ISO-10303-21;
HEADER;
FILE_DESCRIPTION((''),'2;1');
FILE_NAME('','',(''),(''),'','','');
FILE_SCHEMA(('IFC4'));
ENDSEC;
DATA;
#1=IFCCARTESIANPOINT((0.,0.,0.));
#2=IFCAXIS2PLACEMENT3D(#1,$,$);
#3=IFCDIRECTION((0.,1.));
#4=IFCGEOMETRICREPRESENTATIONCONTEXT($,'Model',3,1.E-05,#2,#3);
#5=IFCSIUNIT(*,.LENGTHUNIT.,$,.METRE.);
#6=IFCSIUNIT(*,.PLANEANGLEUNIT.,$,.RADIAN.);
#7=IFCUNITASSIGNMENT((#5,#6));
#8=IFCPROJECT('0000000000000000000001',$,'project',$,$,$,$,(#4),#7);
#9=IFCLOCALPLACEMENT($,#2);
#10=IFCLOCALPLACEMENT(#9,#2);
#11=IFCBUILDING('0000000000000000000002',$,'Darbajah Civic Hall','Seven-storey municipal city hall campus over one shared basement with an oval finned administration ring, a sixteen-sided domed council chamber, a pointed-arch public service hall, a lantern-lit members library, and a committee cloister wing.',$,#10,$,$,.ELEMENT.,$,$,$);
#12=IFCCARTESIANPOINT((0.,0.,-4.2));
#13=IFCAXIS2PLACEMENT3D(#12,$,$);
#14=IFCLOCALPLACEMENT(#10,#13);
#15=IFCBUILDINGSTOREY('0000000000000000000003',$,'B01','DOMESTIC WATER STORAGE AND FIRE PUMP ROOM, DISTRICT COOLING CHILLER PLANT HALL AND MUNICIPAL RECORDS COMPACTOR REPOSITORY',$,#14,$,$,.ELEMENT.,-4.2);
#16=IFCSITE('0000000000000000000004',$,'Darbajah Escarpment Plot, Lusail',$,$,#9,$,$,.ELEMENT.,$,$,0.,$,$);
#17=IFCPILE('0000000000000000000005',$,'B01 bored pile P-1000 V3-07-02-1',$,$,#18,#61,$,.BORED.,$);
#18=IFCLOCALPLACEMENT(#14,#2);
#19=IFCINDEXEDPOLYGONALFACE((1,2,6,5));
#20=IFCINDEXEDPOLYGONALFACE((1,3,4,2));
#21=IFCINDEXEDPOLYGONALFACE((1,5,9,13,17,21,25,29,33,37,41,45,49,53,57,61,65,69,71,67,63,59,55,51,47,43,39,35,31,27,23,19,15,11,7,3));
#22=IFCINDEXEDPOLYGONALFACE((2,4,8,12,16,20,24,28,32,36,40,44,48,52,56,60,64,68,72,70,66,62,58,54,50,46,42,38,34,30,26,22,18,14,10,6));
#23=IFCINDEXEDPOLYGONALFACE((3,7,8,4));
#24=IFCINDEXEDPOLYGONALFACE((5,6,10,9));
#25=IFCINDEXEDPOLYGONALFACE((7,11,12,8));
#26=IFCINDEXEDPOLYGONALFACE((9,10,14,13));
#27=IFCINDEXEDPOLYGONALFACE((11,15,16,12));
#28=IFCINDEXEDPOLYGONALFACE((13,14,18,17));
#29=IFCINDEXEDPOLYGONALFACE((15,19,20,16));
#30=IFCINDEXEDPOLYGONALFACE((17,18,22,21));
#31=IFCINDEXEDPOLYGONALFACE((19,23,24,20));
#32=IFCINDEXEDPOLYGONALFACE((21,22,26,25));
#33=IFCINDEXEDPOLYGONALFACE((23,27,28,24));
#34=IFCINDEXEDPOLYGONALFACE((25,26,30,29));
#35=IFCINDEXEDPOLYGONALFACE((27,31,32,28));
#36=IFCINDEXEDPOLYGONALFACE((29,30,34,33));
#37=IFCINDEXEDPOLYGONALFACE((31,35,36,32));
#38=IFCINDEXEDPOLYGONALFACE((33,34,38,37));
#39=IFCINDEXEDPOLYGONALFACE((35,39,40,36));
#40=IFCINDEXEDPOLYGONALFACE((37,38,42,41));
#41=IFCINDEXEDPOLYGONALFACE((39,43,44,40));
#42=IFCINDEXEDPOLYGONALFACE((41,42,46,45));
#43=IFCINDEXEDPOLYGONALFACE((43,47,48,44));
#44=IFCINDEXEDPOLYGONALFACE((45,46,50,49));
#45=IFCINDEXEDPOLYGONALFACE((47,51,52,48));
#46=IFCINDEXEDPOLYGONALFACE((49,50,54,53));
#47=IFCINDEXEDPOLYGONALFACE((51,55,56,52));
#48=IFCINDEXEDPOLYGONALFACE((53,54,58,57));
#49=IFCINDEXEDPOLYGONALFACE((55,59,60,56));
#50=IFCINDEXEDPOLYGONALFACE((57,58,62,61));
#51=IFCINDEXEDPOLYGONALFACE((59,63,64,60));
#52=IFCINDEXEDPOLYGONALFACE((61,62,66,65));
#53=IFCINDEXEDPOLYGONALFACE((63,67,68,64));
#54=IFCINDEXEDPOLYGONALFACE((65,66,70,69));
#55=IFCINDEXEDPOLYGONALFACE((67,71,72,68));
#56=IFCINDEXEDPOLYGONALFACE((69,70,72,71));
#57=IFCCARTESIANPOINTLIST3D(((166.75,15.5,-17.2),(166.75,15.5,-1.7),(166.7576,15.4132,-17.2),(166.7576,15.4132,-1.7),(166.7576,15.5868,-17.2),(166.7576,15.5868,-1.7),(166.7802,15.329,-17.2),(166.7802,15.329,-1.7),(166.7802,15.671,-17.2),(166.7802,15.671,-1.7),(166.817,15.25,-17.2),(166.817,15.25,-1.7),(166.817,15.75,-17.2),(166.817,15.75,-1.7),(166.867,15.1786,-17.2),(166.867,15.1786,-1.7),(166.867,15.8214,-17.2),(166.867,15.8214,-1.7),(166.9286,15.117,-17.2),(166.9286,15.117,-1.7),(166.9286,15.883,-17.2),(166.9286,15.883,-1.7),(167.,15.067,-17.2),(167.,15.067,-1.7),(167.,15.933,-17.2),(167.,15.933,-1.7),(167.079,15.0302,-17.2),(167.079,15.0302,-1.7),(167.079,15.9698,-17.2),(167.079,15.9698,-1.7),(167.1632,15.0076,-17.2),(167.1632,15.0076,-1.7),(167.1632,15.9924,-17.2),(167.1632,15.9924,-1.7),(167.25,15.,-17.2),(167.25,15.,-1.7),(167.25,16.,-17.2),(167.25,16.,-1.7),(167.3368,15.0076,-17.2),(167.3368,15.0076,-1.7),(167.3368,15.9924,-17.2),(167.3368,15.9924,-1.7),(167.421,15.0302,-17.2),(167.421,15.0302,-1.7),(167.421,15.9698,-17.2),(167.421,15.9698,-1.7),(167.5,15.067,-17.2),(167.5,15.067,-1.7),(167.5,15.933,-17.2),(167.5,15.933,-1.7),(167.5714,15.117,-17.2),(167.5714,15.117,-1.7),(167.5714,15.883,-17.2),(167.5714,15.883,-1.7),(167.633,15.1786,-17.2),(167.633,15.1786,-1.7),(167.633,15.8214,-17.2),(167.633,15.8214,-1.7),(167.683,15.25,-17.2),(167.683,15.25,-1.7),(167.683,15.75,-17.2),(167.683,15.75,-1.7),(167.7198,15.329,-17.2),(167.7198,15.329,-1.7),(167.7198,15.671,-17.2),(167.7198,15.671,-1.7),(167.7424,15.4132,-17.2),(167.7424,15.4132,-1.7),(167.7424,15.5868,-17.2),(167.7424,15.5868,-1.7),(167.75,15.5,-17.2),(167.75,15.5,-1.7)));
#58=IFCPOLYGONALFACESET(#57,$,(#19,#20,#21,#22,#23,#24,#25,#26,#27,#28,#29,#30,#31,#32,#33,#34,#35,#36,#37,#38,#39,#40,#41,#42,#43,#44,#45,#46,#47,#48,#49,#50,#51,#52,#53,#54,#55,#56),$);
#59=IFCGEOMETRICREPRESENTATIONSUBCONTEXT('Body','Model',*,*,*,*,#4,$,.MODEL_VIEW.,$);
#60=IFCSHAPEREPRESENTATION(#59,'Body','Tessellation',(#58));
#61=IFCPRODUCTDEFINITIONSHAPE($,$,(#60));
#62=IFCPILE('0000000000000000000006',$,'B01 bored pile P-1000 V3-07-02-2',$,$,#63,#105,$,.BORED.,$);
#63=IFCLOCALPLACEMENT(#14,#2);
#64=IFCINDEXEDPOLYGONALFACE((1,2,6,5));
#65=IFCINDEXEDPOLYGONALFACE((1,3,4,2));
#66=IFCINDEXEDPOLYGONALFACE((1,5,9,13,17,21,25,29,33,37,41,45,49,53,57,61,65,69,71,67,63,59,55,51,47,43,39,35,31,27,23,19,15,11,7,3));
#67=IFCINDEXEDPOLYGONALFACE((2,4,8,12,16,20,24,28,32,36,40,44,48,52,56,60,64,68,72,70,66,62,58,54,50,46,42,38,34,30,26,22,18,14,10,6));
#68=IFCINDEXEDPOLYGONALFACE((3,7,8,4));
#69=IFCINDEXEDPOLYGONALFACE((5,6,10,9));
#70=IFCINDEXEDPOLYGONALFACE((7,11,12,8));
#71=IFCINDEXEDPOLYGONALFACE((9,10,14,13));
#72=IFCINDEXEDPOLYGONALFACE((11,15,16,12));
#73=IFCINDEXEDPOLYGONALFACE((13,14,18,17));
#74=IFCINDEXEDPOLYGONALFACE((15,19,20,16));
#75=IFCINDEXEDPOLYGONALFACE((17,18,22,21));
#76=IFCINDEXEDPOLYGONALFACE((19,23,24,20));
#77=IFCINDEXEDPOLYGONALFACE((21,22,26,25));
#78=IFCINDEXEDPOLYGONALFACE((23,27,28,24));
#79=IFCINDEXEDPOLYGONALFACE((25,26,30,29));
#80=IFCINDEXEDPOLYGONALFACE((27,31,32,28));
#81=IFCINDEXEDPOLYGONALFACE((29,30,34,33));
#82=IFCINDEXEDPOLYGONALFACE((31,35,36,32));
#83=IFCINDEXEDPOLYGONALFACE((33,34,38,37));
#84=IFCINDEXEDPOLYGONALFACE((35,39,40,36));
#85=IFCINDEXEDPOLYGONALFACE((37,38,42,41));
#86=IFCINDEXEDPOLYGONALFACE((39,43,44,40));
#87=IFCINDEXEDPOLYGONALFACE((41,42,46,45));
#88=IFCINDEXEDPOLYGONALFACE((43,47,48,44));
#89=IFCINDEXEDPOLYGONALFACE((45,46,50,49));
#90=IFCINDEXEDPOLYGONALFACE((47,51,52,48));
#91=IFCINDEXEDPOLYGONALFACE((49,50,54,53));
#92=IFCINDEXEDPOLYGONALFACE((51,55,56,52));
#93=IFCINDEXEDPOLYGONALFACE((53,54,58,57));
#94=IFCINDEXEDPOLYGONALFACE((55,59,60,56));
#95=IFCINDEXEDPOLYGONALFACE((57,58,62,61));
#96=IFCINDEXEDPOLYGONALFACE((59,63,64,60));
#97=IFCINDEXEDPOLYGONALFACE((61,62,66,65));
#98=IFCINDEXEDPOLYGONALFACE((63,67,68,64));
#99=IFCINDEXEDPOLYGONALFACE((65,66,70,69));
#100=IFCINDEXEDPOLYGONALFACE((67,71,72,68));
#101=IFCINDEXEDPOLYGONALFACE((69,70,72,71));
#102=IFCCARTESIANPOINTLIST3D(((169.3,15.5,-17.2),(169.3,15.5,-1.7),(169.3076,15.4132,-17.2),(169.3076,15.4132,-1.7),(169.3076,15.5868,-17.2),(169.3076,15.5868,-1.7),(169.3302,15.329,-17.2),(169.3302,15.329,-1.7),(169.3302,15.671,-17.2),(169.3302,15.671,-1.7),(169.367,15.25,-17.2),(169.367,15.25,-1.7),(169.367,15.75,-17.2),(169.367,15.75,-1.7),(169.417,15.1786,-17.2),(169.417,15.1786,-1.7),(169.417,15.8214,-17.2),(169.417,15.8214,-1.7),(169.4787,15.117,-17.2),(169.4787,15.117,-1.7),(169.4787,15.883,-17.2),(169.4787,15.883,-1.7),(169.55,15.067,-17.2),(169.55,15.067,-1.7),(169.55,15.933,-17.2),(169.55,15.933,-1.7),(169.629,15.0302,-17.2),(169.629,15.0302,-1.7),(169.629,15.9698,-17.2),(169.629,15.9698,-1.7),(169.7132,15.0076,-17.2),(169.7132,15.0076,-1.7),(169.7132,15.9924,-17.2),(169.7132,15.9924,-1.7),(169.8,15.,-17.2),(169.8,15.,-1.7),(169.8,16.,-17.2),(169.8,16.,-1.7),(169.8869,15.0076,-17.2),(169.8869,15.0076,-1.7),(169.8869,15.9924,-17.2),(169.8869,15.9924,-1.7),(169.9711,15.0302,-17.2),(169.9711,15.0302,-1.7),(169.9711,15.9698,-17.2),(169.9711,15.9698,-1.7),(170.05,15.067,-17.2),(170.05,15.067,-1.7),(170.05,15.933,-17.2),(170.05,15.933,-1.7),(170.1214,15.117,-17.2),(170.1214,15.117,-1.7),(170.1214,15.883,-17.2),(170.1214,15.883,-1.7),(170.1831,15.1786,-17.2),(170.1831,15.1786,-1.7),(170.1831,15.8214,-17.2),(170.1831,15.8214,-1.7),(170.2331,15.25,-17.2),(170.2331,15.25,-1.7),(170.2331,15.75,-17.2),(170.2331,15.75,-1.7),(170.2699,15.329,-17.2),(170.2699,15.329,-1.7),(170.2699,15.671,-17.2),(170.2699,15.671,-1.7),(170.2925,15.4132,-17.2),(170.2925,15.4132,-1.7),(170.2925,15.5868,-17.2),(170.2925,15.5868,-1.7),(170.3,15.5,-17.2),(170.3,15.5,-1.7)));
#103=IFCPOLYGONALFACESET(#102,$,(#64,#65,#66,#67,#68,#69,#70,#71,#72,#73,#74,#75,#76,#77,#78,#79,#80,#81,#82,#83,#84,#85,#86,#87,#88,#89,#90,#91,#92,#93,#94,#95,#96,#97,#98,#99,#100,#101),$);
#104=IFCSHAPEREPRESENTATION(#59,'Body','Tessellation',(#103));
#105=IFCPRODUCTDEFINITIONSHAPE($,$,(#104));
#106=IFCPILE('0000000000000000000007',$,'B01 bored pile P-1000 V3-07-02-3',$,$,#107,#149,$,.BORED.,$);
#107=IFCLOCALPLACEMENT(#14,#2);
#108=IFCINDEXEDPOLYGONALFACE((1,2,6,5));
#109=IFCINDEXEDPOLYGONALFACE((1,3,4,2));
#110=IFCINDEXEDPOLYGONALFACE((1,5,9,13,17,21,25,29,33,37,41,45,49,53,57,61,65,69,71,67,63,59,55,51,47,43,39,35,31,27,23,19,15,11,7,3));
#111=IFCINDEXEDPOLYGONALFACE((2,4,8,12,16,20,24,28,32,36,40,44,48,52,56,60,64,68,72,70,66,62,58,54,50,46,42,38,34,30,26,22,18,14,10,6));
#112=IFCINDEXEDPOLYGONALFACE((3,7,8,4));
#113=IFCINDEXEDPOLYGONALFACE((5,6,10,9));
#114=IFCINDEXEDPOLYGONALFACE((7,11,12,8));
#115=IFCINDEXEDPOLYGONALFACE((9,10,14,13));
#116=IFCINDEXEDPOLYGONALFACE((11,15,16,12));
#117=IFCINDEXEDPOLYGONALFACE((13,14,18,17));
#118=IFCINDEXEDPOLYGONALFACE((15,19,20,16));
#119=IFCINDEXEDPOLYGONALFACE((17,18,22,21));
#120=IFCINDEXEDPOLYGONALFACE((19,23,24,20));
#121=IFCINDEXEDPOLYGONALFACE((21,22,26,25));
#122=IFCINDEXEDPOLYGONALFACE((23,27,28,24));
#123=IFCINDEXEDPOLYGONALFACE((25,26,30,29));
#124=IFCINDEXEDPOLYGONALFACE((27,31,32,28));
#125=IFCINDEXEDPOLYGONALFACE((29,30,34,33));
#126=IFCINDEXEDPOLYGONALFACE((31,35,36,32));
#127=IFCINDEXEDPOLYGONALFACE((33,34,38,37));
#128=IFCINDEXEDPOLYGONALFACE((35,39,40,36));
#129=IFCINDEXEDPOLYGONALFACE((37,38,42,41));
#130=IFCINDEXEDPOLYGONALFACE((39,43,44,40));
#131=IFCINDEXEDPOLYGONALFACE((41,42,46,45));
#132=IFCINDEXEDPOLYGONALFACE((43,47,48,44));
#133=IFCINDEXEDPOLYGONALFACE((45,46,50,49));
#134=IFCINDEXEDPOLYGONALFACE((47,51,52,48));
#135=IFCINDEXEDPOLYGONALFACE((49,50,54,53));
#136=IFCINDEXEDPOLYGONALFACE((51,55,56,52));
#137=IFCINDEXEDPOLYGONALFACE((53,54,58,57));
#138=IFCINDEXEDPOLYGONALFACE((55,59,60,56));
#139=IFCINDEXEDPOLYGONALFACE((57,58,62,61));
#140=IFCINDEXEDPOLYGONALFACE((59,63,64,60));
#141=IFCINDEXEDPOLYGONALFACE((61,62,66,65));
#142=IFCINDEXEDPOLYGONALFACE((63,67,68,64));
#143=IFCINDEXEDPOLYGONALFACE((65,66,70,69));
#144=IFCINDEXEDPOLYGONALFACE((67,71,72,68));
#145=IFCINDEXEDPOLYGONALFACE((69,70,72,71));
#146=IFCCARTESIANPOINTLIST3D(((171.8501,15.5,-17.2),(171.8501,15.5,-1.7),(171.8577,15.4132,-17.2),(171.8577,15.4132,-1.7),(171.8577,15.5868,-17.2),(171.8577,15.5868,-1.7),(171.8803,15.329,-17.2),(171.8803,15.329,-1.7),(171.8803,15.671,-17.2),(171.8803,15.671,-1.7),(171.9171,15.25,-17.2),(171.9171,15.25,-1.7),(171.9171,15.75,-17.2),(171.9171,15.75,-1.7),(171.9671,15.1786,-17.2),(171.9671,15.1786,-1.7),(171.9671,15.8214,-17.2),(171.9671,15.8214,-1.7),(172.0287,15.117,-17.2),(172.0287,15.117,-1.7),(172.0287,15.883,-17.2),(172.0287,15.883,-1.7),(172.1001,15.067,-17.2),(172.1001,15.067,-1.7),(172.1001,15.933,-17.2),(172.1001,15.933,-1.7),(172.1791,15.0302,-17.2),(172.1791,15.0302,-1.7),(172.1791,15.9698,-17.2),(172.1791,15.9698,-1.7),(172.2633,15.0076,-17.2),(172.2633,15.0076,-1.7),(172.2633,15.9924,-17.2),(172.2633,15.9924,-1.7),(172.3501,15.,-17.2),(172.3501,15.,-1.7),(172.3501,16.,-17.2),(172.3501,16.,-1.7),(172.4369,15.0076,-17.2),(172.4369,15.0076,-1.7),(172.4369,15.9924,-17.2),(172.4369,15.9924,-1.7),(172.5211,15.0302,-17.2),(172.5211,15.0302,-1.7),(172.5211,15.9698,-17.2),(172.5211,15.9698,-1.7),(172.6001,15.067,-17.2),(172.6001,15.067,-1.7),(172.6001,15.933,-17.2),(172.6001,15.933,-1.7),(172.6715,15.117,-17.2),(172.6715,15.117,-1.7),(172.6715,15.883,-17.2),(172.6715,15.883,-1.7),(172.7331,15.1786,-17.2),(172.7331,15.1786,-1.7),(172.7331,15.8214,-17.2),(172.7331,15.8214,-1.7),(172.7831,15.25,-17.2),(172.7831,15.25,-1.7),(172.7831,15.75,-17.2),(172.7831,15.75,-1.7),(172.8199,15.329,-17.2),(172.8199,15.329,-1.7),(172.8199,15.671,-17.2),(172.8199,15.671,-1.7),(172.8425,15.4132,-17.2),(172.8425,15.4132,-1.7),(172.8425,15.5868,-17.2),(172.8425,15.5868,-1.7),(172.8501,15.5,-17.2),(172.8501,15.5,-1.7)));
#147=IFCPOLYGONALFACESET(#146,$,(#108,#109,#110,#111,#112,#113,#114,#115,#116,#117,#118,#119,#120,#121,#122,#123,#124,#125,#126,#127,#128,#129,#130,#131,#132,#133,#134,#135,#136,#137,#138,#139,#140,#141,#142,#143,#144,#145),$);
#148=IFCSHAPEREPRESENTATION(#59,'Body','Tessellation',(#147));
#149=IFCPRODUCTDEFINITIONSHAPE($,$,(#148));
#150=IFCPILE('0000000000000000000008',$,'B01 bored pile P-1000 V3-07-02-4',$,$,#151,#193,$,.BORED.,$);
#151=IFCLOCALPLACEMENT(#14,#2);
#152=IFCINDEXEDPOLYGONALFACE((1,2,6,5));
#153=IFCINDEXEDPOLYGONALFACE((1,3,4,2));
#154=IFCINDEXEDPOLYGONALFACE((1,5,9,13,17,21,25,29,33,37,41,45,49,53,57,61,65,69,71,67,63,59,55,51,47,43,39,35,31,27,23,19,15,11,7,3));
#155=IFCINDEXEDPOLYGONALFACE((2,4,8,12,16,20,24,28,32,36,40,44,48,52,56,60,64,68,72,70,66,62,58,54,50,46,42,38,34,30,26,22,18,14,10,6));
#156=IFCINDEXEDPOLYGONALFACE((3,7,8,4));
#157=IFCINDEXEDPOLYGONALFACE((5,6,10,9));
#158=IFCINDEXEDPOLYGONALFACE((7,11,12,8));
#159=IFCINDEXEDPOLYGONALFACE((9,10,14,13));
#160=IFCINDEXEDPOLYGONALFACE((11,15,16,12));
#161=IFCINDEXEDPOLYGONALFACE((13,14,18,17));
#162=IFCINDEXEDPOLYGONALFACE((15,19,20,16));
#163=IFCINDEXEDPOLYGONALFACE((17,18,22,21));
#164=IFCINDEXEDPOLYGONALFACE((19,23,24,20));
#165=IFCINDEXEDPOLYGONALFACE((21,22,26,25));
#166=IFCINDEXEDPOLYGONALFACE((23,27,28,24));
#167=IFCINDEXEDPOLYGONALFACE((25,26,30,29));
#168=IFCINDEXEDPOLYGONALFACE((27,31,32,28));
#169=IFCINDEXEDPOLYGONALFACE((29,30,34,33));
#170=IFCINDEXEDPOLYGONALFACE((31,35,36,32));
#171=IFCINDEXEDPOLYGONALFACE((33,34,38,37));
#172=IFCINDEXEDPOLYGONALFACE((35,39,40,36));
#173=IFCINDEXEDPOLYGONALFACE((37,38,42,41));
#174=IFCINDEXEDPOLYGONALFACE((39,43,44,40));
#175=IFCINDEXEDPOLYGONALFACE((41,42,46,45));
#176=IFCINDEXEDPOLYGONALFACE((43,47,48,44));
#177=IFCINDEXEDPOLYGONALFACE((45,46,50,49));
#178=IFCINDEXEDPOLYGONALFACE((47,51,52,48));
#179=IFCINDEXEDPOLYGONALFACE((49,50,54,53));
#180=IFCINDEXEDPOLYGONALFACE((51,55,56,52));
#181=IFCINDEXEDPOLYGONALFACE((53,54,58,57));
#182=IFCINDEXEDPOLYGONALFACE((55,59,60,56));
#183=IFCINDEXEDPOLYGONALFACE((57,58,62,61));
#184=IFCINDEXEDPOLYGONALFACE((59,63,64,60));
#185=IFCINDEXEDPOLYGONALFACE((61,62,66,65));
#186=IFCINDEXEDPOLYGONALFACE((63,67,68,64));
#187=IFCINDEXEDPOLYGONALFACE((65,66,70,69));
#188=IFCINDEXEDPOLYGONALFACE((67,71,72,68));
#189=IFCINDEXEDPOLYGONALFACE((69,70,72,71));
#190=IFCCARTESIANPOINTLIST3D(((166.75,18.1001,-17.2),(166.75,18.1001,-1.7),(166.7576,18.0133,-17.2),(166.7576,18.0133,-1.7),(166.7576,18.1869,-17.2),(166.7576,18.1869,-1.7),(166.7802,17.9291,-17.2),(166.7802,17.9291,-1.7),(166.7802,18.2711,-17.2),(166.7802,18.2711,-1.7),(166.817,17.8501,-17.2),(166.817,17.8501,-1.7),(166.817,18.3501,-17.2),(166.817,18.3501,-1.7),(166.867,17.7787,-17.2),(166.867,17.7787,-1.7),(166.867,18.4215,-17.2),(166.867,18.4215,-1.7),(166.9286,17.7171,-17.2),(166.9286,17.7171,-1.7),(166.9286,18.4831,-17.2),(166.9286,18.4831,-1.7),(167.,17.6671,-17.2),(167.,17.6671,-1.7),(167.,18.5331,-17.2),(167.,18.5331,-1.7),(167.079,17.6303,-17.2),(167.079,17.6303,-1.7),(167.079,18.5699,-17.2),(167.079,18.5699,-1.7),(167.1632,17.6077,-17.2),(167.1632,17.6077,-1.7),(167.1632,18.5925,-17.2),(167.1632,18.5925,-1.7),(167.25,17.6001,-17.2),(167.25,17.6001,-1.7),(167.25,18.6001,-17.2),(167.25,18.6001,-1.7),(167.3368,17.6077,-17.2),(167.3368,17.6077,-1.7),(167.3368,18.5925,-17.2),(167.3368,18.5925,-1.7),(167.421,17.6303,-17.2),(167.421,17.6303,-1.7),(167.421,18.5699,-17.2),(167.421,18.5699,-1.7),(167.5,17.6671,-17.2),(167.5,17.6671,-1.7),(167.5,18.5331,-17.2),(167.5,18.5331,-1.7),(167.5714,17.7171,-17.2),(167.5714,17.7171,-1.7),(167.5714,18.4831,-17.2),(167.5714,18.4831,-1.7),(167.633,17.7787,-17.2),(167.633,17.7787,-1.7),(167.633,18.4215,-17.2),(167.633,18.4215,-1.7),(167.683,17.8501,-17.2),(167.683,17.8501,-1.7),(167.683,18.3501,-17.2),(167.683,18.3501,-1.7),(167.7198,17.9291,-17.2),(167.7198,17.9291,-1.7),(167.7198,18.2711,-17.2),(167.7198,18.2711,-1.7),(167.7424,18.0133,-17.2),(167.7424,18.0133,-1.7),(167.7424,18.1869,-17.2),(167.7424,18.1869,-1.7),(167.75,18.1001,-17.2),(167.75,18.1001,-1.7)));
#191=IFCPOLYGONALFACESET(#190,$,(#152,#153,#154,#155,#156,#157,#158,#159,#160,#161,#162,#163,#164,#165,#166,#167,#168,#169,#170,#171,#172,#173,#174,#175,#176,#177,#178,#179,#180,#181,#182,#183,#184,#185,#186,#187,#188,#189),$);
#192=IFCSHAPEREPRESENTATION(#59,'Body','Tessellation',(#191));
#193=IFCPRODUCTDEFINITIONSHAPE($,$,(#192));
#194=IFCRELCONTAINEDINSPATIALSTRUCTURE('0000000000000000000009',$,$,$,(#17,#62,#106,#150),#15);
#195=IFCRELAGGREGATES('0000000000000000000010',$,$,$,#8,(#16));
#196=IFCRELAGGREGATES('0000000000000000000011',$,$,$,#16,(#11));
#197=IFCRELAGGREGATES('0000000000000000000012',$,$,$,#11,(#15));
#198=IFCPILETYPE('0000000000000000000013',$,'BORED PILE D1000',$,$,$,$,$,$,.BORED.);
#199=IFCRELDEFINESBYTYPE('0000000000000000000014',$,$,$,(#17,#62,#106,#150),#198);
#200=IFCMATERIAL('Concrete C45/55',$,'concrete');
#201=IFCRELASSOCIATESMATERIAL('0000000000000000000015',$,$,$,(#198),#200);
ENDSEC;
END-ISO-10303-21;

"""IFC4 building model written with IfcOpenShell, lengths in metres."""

from ifc_helpers import new_model, si_unit, direction, frame, origin, origin_2d, place, context, subcontext, project, spatial, circle, extrude, material, material_profile, profile_set, type_object, element, save


model = new_model("IFC4")

# Units and contexts
model_context = context("Model", 3, precision=1e-05, world=origin(), true_north=direction((0.0, 1.0)))
body_context = subcontext(model_context, "Body", "Model", "MODEL_VIEW")
ifc_project = project(units=[si_unit("LENGTHUNIT", "METRE"), si_unit("PLANEANGLEUNIT", "RADIAN")], contexts=[model_context])

# Site, building, storey
site_placement = place(None, origin())
site = spatial("IfcSite", under=ifc_project, at=site_placement, Name="Darbajah Escarpment Plot, Lusail", CompositionType="ELEMENT", RefElevation=0.0)
building_placement = place(site_placement, origin())
building = spatial("IfcBuilding", under=site, at=building_placement, Name="Darbajah Civic Hall", Description="Seven-storey municipal city hall campus over one shared basement with an oval finned administration ring, a sixteen-sided domed council chamber, a pointed-arch public service hall, a lantern-lit members library, and a committee cloister wing.", CompositionType="ELEMENT")
storey_placement = place(building_placement, frame((0.0, 0.0, -4.2)))
storey = spatial("IfcBuildingStorey", under=building, at=storey_placement, Name="B01", Description="DOMESTIC WATER STORAGE AND FIRE PUMP ROOM, DISTRICT COOLING CHILLER PLANT HALL AND MUNICIPAL RECORDS COMPACTOR REPOSITORY", CompositionType="ELEMENT", Elevation=-4.2)

# Piles
ifc_material_1 = material(Name="Concrete C45/55", Category="concrete")
ifc_material_profile_1 = material_profile(ifc_material_1, circle(Radius=0.5, at=origin_2d()), Name="BORED PILE D1000")
ifc_profile_set_1 = profile_set([ifc_material_profile_1], Name="Concrete C45/55")
pile_type_1 = type_object("IfcPileType", Name="BORED PILE D1000", PredefinedType="BORED", material=ifc_profile_set_1)
for number, where, z_axis, x_axis, name in (
    (1, (167.25, 15.5, -1.7), (0.0, 0.0, -1.0), (1.0, 0.0, 0.0), "B01 bored pile P-1000 V3-07-02-1"),
    (2, (169.8, 15.5, -1.7), (0.0, 0.0, -1.0), (1.0, 0.0, 0.0), "B01 bored pile P-1000 V3-07-02-2"),
    (3, (172.3501, 15.5, -1.7), (0.0, 0.0, -1.0), (1.0, 0.0, 0.0), "B01 bored pile P-1000 V3-07-02-3"),
    (4, (167.25, 18.1001, -1.7), (0.0, 0.0, -1.0), (1.0, 0.0, 0.0), "B01 bored pile P-1000 V3-07-02-4"),
):
    element("IfcPile", number, at=place(storey_placement, frame(where, z_axis=z_axis, x_axis=x_axis)), inside=storey, type_object=pile_type_1, Name=name, PredefinedType="BORED", context=body_context, shape_type="SweptSolid", body=[
        extrude(circle(Radius=0.5, at=origin_2d()), origin(), (0.0, 0.0, 1.0), 15.5),
    ])

save(model, "model.ifc")
